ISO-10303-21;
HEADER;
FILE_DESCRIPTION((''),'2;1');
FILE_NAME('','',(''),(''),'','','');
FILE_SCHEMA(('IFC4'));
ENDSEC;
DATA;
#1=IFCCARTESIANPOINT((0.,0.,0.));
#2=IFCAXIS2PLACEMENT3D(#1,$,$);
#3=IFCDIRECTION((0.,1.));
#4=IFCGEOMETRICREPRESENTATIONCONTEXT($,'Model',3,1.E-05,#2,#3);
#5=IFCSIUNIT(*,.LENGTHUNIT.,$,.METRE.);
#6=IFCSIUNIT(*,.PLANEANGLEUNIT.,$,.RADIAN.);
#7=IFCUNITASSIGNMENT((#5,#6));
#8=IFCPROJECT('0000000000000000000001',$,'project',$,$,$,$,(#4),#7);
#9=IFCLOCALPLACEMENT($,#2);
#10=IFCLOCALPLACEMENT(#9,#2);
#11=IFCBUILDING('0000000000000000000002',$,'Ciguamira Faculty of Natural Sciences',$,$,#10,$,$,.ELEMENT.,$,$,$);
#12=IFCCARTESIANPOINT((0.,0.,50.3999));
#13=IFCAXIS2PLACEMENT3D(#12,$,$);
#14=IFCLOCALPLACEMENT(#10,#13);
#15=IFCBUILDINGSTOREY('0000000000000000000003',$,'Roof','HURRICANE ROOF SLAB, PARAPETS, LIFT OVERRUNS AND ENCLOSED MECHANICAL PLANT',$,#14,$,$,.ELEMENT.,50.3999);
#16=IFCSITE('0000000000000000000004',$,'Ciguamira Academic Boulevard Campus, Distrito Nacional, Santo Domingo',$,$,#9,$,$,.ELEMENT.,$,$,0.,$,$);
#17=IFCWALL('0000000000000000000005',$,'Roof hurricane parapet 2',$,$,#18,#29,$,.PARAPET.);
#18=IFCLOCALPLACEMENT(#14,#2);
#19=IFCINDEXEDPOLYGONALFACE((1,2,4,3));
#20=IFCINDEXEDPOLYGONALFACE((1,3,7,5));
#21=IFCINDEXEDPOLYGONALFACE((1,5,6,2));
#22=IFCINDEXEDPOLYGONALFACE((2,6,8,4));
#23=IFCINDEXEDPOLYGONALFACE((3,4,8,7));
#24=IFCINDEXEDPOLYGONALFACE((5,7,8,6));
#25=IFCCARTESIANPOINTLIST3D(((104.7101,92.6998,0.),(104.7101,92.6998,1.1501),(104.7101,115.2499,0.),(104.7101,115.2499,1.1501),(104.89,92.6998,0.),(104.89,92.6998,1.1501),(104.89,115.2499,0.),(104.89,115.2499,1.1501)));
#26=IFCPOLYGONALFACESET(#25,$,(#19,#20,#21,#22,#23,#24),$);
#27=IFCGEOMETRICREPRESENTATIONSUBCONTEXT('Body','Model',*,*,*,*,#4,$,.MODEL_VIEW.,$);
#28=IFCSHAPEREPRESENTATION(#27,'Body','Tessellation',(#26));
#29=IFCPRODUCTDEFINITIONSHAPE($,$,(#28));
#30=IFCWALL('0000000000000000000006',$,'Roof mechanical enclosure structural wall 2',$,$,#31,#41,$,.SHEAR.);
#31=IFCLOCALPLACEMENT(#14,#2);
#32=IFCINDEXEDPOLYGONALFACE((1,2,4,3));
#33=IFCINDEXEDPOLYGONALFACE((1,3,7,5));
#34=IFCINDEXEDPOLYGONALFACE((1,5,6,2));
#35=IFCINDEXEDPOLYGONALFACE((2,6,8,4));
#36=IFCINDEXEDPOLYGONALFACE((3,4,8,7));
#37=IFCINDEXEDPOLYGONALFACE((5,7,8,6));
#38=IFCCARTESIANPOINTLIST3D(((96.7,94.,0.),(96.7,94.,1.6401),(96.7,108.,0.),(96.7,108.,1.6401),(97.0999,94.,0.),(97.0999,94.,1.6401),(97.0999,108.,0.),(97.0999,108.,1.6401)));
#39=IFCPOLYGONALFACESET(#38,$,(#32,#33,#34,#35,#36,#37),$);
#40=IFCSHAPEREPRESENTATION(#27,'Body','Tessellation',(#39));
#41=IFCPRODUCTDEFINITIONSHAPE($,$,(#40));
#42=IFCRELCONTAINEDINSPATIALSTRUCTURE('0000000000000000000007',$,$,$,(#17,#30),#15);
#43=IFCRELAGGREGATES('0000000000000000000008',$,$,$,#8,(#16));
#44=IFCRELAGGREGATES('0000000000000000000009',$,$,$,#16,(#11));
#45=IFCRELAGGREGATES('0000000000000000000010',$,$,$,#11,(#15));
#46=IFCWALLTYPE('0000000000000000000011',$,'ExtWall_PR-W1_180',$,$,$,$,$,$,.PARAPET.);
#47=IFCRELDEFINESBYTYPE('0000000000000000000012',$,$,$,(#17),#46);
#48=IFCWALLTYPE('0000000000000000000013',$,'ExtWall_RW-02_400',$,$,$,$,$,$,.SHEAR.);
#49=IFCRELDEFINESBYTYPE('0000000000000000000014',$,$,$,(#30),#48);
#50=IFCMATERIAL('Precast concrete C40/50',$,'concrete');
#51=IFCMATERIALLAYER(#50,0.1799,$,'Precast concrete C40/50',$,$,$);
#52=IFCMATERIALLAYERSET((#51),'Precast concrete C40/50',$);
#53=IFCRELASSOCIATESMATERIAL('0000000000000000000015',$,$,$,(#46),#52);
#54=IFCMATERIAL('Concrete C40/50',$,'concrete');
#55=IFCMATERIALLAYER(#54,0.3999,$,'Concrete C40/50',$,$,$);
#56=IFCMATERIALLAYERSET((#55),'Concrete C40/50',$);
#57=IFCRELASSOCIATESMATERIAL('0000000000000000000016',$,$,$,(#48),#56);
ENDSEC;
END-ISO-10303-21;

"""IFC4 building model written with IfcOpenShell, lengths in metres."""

from ifc_helpers import new_model, si_unit, direction, frame, frame_2d, origin, place, context, subcontext, project, spatial, rectangle, extrude, material, layer, layer_set, type_object, element, save


model = new_model("IFC4")

# Units and contexts
model_context = context("Model", 3, precision=1e-05, world=origin(), true_north=direction((0.0, 1.0)))
body_context = subcontext(model_context, "Body", "Model", "MODEL_VIEW")
ifc_project = project(units=[si_unit("LENGTHUNIT", "METRE"), si_unit("PLANEANGLEUNIT", "RADIAN")], contexts=[model_context])

# Site, building, storey
site_placement = place(None, origin())
site = spatial("IfcSite", under=ifc_project, at=site_placement, Name="Ciguamira Academic Boulevard Campus, Distrito Nacional, Santo Domingo", CompositionType="ELEMENT", RefElevation=0.0)
building_placement = place(site_placement, origin())
building = spatial("IfcBuilding", under=site, at=building_placement, Name="Ciguamira Faculty of Natural Sciences", CompositionType="ELEMENT")
storey_placement = place(building_placement, frame((0.0, 0.0, 50.3999)))
storey = spatial("IfcBuildingStorey", under=building, at=storey_placement, Name="Roof", Description="HURRICANE ROOF SLAB, PARAPETS, LIFT OVERRUNS AND ENCLOSED MECHANICAL PLANT", CompositionType="ELEMENT", Elevation=50.3999)

# Shared definitions
ifc_material_1 = material(Name="Concrete C40/50", Category="concrete")

# Walls
ifc_material_2 = material(Name="Precast concrete C40/50", Category="concrete")
ifc_layer_1 = layer(ifc_material_2, 0.1799, Name="Precast concrete C40/50")
ifc_layer_set_1 = layer_set([ifc_layer_1], Name="Precast concrete C40/50")
wall_type_1 = type_object("IfcWallType", Name="ExtWall_PR-W1_180", PredefinedType="PARAPET", material=ifc_layer_set_1)
wall_1_placement = place(storey_placement, frame((104.8, 92.7, 0.0), z_axis=(0.0, 0.0, 1.0), x_axis=(0.0, 1.0, 0.0)))
element("IfcWall", 1, at=wall_1_placement, inside=storey, type_object=wall_type_1, Name="Roof hurricane parapet 2", PredefinedType="PARAPET", context=body_context, shape_type="SweptSolid", body=[
    extrude(rectangle(XDim=22.55, YDim=0.1799, at=frame_2d((11.2749, 0.0))), origin(), (0.0, 0.0, 1.0), 1.1501),
])
ifc_layer_2 = layer(ifc_material_1, 0.3999, Name="Concrete C40/50")
ifc_layer_set_2 = layer_set([ifc_layer_2], Name="Concrete C40/50")
wall_type_2 = type_object("IfcWallType", Name="ExtWall_RW-02_400", PredefinedType="SHEAR", material=ifc_layer_set_2)
wall_2_placement = place(storey_placement, frame((96.8999, 94.0, 0.0), z_axis=(0.0, 0.0, 1.0), x_axis=(0.0, 1.0, 0.0)))
element("IfcWall", 2, at=wall_2_placement, inside=storey, type_object=wall_type_2, Name="Roof mechanical enclosure structural wall 2", PredefinedType="SHEAR", context=body_context, shape_type="SweptSolid", body=[
    extrude(rectangle(XDim=14.0, YDim=0.3999, at=frame_2d((7.0, 0.0))), origin(), (0.0, 0.0, 1.0), 1.6401),
])

save(model, "model.ifc")
